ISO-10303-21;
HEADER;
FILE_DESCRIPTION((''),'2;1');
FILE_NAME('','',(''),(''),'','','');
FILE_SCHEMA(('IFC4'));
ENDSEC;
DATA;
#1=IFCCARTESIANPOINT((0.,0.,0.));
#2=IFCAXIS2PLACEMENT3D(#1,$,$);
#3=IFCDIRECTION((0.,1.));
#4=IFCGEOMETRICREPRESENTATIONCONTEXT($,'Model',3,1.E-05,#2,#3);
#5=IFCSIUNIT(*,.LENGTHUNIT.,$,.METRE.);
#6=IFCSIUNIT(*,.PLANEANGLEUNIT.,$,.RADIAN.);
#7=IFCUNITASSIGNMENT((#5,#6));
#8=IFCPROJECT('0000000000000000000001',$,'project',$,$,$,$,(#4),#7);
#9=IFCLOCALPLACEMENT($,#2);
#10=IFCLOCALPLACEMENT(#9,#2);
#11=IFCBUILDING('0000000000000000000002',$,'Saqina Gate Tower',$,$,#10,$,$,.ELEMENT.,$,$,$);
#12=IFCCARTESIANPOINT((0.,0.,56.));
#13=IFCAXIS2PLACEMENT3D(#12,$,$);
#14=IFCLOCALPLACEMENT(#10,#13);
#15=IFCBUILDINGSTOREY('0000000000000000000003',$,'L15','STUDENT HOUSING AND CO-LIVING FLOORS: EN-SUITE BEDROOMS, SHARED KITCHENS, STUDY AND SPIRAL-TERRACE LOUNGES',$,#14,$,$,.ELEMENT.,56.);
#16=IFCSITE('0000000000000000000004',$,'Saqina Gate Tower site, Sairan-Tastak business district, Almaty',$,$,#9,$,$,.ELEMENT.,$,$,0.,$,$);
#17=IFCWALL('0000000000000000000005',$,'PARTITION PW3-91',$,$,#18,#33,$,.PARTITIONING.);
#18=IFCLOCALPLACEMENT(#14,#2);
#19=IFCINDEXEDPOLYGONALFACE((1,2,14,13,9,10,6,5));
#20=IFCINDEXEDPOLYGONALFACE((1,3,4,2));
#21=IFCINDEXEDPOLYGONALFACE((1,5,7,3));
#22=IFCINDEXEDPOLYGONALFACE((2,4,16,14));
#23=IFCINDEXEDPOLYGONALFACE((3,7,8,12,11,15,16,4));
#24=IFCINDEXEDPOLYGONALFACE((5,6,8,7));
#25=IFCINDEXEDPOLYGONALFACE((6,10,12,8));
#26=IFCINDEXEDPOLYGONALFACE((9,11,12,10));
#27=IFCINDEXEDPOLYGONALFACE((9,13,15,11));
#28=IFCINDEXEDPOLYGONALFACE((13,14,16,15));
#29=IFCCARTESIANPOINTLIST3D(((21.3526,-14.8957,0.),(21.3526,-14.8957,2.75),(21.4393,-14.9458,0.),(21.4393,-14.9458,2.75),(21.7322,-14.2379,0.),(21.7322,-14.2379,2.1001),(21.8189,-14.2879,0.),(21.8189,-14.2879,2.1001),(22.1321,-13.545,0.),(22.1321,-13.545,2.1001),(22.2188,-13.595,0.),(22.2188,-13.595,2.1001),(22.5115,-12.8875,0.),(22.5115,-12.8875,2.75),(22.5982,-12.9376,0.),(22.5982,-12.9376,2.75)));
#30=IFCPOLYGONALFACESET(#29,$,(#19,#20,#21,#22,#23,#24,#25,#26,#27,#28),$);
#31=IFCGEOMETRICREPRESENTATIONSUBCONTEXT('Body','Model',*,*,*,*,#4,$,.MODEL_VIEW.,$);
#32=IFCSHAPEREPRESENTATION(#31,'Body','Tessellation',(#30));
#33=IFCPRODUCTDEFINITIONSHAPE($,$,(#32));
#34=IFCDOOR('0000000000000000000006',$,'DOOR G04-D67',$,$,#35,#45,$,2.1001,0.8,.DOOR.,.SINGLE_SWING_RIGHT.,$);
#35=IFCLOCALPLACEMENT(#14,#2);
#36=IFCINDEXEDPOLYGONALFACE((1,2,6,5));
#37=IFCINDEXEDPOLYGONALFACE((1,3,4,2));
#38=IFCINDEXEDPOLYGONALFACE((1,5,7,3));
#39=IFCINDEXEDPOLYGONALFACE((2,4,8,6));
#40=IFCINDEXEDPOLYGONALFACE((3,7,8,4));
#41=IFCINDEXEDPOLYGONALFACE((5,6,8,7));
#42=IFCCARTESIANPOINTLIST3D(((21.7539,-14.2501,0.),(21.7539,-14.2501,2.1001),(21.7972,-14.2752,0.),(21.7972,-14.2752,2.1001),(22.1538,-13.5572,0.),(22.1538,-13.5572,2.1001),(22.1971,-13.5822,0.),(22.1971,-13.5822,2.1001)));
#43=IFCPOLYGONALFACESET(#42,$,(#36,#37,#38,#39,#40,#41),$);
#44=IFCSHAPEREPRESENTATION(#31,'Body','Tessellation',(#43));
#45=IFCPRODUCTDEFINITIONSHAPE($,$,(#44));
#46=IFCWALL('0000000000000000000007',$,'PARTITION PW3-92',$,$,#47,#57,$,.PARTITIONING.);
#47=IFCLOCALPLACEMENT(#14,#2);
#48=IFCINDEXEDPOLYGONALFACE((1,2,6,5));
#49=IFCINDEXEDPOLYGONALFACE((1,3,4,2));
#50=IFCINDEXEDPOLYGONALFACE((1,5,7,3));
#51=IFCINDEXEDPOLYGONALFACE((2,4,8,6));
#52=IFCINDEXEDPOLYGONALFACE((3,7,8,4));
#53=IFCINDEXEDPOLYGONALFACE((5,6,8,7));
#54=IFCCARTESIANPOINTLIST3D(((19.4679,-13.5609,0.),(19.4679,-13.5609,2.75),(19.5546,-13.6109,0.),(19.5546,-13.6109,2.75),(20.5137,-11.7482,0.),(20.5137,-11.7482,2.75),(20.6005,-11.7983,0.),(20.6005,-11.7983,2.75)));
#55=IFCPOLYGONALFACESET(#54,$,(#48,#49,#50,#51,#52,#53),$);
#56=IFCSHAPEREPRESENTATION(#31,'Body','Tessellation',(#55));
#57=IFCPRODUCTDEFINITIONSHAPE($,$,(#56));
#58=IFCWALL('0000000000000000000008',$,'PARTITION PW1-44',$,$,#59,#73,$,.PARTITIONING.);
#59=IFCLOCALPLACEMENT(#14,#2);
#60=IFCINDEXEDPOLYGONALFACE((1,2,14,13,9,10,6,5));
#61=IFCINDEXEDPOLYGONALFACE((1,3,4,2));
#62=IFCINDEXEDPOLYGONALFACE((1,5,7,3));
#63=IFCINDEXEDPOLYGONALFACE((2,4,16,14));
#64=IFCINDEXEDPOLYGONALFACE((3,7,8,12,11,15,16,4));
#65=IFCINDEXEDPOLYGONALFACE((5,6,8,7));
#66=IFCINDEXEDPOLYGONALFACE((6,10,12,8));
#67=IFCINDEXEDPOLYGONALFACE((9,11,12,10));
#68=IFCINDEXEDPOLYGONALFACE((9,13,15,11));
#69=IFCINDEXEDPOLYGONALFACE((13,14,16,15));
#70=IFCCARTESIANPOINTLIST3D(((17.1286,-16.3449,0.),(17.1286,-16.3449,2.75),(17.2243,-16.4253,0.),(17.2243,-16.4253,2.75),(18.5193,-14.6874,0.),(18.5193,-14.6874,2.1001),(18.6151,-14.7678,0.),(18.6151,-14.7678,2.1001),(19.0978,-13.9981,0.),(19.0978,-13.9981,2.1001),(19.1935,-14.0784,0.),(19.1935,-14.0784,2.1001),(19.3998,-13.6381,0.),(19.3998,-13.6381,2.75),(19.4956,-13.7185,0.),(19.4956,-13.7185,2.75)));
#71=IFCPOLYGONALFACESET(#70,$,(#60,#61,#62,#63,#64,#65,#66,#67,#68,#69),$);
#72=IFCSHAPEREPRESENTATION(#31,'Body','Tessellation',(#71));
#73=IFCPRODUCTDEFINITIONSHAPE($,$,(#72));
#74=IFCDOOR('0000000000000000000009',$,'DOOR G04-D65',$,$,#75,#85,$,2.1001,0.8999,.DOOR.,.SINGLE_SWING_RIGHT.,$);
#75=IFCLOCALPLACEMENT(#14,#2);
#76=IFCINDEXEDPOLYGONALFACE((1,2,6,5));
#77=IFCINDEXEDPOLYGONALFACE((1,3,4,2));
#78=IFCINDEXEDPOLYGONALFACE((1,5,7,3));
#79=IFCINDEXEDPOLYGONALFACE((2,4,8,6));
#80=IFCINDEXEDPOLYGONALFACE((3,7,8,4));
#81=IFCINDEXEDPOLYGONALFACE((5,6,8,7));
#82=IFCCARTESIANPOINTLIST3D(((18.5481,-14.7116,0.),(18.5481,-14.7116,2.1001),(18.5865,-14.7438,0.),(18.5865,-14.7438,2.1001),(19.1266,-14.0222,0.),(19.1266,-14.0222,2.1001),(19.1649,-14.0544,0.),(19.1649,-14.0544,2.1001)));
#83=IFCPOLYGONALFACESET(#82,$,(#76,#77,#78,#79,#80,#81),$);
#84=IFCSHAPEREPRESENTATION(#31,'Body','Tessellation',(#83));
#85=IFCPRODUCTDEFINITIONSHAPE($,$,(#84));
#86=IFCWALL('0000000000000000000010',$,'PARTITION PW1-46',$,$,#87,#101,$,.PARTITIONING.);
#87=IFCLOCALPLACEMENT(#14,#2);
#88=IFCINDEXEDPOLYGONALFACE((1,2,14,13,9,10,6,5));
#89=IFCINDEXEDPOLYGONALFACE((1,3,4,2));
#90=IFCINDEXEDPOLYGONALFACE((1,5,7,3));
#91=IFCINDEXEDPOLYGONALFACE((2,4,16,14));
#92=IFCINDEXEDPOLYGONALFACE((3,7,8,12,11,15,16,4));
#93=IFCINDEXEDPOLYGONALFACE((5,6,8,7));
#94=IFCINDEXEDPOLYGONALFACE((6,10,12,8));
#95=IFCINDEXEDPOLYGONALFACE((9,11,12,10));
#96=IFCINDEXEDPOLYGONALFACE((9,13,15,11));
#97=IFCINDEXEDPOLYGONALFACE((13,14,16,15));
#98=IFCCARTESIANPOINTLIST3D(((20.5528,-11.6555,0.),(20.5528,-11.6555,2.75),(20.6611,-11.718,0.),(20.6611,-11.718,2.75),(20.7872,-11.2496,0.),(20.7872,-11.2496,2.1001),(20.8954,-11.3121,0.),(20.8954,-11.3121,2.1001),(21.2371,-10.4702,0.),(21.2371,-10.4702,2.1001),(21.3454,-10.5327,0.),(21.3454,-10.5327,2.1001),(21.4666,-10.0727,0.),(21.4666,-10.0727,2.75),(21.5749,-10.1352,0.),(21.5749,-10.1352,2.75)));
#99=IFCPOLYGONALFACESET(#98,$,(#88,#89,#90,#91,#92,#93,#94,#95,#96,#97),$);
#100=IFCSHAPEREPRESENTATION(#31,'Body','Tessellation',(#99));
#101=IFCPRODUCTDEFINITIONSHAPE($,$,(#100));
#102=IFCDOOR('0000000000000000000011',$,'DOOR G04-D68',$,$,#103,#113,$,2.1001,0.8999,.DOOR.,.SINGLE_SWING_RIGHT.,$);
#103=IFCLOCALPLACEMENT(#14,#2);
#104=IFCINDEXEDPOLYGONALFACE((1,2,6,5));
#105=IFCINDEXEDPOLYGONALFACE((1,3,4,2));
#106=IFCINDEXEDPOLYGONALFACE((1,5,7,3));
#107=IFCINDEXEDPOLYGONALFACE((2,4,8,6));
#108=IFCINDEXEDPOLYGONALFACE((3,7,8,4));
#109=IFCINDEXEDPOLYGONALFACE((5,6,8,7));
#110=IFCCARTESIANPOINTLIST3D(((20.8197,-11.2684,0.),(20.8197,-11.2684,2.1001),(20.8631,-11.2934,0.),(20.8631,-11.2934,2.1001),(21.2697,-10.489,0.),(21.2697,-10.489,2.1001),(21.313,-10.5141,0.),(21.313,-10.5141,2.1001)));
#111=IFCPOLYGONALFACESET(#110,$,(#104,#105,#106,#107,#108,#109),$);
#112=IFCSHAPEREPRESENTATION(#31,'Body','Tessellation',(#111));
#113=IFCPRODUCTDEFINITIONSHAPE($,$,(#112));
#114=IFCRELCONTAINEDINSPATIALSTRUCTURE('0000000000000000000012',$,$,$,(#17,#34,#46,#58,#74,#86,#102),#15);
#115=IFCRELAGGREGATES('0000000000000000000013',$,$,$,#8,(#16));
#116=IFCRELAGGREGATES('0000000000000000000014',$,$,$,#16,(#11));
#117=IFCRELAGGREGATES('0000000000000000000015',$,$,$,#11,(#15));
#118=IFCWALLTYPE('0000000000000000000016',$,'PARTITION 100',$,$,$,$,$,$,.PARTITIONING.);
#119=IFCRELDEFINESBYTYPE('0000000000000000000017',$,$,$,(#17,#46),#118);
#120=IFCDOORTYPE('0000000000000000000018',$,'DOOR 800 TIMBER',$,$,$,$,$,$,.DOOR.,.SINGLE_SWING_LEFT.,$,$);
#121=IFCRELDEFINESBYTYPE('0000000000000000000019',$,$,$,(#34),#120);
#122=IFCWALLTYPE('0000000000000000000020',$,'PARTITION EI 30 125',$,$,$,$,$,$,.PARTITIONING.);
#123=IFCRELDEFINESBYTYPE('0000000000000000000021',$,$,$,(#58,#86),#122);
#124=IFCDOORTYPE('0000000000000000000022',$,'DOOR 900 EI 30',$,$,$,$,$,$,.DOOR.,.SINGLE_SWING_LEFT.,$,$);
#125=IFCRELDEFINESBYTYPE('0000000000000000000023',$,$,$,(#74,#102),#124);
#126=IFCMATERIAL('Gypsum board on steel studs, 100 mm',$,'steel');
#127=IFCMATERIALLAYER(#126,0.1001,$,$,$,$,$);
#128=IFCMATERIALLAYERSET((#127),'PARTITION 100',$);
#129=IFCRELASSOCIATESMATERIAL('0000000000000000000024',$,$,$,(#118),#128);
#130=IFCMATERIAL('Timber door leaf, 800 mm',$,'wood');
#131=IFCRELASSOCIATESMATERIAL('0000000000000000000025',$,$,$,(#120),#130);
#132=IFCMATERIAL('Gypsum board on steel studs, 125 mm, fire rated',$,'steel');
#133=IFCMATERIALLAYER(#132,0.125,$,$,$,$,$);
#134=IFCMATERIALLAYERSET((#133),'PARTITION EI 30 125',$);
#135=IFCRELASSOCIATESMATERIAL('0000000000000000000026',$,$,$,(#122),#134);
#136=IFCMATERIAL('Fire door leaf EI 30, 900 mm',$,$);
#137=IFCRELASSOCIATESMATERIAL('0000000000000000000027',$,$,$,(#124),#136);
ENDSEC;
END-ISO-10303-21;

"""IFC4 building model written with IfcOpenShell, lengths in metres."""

from ifc_helpers import new_model, si_unit, direction, frame, frame_2d, origin, place, context, subcontext, project, spatial, rectangle, extrude, material, layer, layer_set, type_object, element, fill, save


model = new_model("IFC4")

# Units and contexts
model_context = context("Model", 3, precision=1e-05, world=origin(), true_north=direction((0.0, 1.0)))
body_context = subcontext(model_context, "Body", "Model", "MODEL_VIEW")
ifc_project = project(units=[si_unit("LENGTHUNIT", "METRE"), si_unit("PLANEANGLEUNIT", "RADIAN")], contexts=[model_context])

# Site, building, storey
site_placement = place(None, origin())
site = spatial("IfcSite", under=ifc_project, at=site_placement, Name="Saqina Gate Tower site, Sairan-Tastak business district, Almaty", CompositionType="ELEMENT", RefElevation=0.0)
building_placement = place(site_placement, origin())
building = spatial("IfcBuilding", under=site, at=building_placement, Name="Saqina Gate Tower", CompositionType="ELEMENT")
storey_placement = place(building_placement, frame((0.0, 0.0, 56.0)))
storey = spatial("IfcBuildingStorey", under=building, at=storey_placement, Name="L15", Description="STUDENT HOUSING AND CO-LIVING FLOORS: EN-SUITE BEDROOMS, SHARED KITCHENS, STUDY AND SPIRAL-TERRACE LOUNGES", CompositionType="ELEMENT", Elevation=56.0)

# Shared definitions
ifc_material_1 = material(Name="Gypsum board on steel studs, 100 mm", Category="steel")
ifc_layer_1 = layer(ifc_material_1, 0.1001)
ifc_layer_set_1 = layer_set([ifc_layer_1], Name="PARTITION 100")
wall_type_1 = type_object("IfcWallType", Name="PARTITION 100", PredefinedType="PARTITIONING", material=ifc_layer_set_1)

# Wall, opening, door
ifc_material_2 = material(Name="Timber door leaf, 800 mm", Category="wood")
door_type_1 = type_object("IfcDoorType", Name="DOOR 800 TIMBER", OperationType="SINGLE_SWING_LEFT", PredefinedType="DOOR", material=ifc_material_2)
wall_1_placement = place(storey_placement, frame((21.396, -14.9207, 0.0), z_axis=(0.0, 0.0, 1.0), x_axis=(0.49982, 0.866129, 0.0)))
wall_1 = element("IfcWall", 1, at=wall_1_placement, inside=storey, type_object=wall_type_1, Name="PARTITION PW3-91", PredefinedType="PARTITIONING", context=body_context, shape_type="SweptSolid", body=[
    extrude(rectangle(XDim=2.3186, YDim=0.1001, at=frame_2d((1.1592, 0.0))), origin(), (0.0, 0.0, 1.0), 2.75),
])
opening_1_placement = place(wall_1_placement, frame((0.7595, 0.0, 0.0)))
opening_1 = element("IfcOpeningElement", 2, at=opening_1_placement, cuts=wall_1, PredefinedType="OPENING", context=body_context, shape_type="SweptSolid", body=[
    extrude(rectangle(XDim=0.8, YDim=2.1001, at=frame_2d((0.3999, 1.05))), frame((0.0, 0.062, 0.0), z_axis=(0.0, -1.0, 0.0), x_axis=(1.0, 0.0, 0.0)), (0.0, 0.0, 1.0), 0.124),
])
door_1_placement = place(opening_1_placement, frame((0.8, 0.0, 0.0), z_axis=(0.0, 0.0, 1.0), x_axis=(-1.0, 0.0, 0.0)))
door_1 = element("IfcDoor", 3, at=door_1_placement, inside=storey, type_object=door_type_1, Name="DOOR G04-D67", OperationType="SINGLE_SWING_RIGHT", OverallHeight=2.1001, OverallWidth=0.8, PredefinedType="DOOR", context=body_context, shape_type="SweptSolid", body=[
    extrude(rectangle(XDim=0.8, YDim=2.1001, at=frame_2d((0.3999, 1.05))), frame((0.0, 0.0249, 0.0), z_axis=(0.0, -1.0, 0.0), x_axis=(1.0, 0.0, 0.0)), (0.0, 0.0, 1.0), 0.05),
])
fill(opening_1, door_1)

# Wall
wall_2_placement = place(storey_placement, frame((19.5112, -13.5859, 0.0), z_axis=(0.0, 0.0, 1.0), x_axis=(0.499753, 0.866168, 0.0)))
element("IfcWall", 4, at=wall_2_placement, inside=storey, type_object=wall_type_1, Name="PARTITION PW3-92", PredefinedType="PARTITIONING", context=body_context, shape_type="SweptSolid", body=[
    extrude(rectangle(XDim=2.0928, YDim=0.1001, at=frame_2d((1.0464, 0.0))), origin(), (0.0, 0.0, 1.0), 2.75),
])

# Walls, openings, doors
ifc_material_3 = material(Name="Gypsum board on steel studs, 125 mm, fire rated", Category="steel")
ifc_layer_2 = layer(ifc_material_3, 0.125)
ifc_layer_set_2 = layer_set([ifc_layer_2], Name="PARTITION EI 30 125")
wall_type_2 = type_object("IfcWallType", Name="PARTITION EI 30 125", PredefinedType="PARTITIONING", material=ifc_layer_set_2)
wall_3_placement = place(storey_placement, frame((17.1765, -16.385, 0.0), z_axis=(0.0, 0.0, 1.0), x_axis=(0.642784, 0.766048, 0.0)))
wall_3 = element("IfcWall", 5, at=wall_3_placement, inside=storey, type_object=wall_type_2, Name="PARTITION PW1-44", PredefinedType="PARTITIONING", context=body_context, shape_type="SweptSolid", body=[
    extrude(rectangle(XDim=3.5334, YDim=0.125, at=frame_2d((1.7666, 0.0))), origin(), (0.0, 0.0, 1.0), 2.75),
])
opening_2_placement = place(wall_3_placement, frame((2.1636, 0.0, 0.0)))
opening_2 = element("IfcOpeningElement", 6, at=opening_2_placement, cuts=wall_3, PredefinedType="OPENING", context=body_context, shape_type="SweptSolid", body=[
    extrude(rectangle(XDim=0.8999, YDim=2.1001, at=frame_2d((0.45, 1.05))), frame((0.0, 0.0745, 0.0), z_axis=(0.0, -1.0, 0.0), x_axis=(1.0, 0.0, 0.0)), (0.0, 0.0, 1.0), 0.1489),
])
ifc_material_4 = material(Name="Fire door leaf EI 30, 900 mm")
door_type_2 = type_object("IfcDoorType", Name="DOOR 900 EI 30", OperationType="SINGLE_SWING_LEFT", PredefinedType="DOOR", material=ifc_material_4)
door_2_placement = place(opening_2_placement, origin())
door_2 = element("IfcDoor", 7, at=door_2_placement, inside=storey, type_object=door_type_2, Name="DOOR G04-D65", OperationType="SINGLE_SWING_RIGHT", OverallHeight=2.1001, OverallWidth=0.8999, PredefinedType="DOOR", context=body_context, shape_type="SweptSolid", body=[
    extrude(rectangle(XDim=0.8999, YDim=2.1001, at=frame_2d((0.45, 1.05))), frame((0.0, 0.0249, 0.0), z_axis=(0.0, -1.0, 0.0), x_axis=(1.0, 0.0, 0.0)), (0.0, 0.0, 1.0), 0.05),
])
fill(opening_2, door_2)
wall_4_placement = place(storey_placement, frame((20.6069, -11.6868, 0.0), z_axis=(0.0, 0.0, 1.0), x_axis=(0.500004, 0.866023, 0.0)))
wall_4 = element("IfcWall", 8, at=wall_4_placement, inside=storey, type_object=wall_type_2, Name="PARTITION PW1-46", PredefinedType="PARTITIONING", context=body_context, shape_type="SweptSolid", body=[
    extrude(rectangle(XDim=1.8276, YDim=0.125, at=frame_2d((0.9138, 0.0))), origin(), (0.0, 0.0, 1.0), 2.75),
])
opening_3_placement = place(wall_4_placement, frame((0.4688, 0.0, 0.0)))
opening_3 = element("IfcOpeningElement", 9, at=opening_3_placement, cuts=wall_4, PredefinedType="OPENING", context=body_context, shape_type="SweptSolid", body=[
    extrude(rectangle(XDim=0.8999, YDim=2.1001, at=frame_2d((0.45, 1.05))), frame((0.0, 0.0745, 0.0), z_axis=(0.0, -1.0, 0.0), x_axis=(1.0, 0.0, 0.0)), (0.0, 0.0, 1.0), 0.1489),
])
door_3_placement = place(opening_3_placement, origin())
door_3 = element("IfcDoor", 10, at=door_3_placement, inside=storey, type_object=door_type_2, Name="DOOR G04-D68", OperationType="SINGLE_SWING_RIGHT", OverallHeight=2.1001, OverallWidth=0.8999, PredefinedType="DOOR", context=body_context, shape_type="SweptSolid", body=[
    extrude(rectangle(XDim=0.8999, YDim=2.1001, at=frame_2d((0.45, 1.05))), frame((0.0, 0.0249, 0.0), z_axis=(0.0, -1.0, 0.0), x_axis=(1.0, 0.0, 0.0)), (0.0, 0.0, 1.0), 0.05),
])
fill(opening_3, door_3)

save(model, "model.ifc")
